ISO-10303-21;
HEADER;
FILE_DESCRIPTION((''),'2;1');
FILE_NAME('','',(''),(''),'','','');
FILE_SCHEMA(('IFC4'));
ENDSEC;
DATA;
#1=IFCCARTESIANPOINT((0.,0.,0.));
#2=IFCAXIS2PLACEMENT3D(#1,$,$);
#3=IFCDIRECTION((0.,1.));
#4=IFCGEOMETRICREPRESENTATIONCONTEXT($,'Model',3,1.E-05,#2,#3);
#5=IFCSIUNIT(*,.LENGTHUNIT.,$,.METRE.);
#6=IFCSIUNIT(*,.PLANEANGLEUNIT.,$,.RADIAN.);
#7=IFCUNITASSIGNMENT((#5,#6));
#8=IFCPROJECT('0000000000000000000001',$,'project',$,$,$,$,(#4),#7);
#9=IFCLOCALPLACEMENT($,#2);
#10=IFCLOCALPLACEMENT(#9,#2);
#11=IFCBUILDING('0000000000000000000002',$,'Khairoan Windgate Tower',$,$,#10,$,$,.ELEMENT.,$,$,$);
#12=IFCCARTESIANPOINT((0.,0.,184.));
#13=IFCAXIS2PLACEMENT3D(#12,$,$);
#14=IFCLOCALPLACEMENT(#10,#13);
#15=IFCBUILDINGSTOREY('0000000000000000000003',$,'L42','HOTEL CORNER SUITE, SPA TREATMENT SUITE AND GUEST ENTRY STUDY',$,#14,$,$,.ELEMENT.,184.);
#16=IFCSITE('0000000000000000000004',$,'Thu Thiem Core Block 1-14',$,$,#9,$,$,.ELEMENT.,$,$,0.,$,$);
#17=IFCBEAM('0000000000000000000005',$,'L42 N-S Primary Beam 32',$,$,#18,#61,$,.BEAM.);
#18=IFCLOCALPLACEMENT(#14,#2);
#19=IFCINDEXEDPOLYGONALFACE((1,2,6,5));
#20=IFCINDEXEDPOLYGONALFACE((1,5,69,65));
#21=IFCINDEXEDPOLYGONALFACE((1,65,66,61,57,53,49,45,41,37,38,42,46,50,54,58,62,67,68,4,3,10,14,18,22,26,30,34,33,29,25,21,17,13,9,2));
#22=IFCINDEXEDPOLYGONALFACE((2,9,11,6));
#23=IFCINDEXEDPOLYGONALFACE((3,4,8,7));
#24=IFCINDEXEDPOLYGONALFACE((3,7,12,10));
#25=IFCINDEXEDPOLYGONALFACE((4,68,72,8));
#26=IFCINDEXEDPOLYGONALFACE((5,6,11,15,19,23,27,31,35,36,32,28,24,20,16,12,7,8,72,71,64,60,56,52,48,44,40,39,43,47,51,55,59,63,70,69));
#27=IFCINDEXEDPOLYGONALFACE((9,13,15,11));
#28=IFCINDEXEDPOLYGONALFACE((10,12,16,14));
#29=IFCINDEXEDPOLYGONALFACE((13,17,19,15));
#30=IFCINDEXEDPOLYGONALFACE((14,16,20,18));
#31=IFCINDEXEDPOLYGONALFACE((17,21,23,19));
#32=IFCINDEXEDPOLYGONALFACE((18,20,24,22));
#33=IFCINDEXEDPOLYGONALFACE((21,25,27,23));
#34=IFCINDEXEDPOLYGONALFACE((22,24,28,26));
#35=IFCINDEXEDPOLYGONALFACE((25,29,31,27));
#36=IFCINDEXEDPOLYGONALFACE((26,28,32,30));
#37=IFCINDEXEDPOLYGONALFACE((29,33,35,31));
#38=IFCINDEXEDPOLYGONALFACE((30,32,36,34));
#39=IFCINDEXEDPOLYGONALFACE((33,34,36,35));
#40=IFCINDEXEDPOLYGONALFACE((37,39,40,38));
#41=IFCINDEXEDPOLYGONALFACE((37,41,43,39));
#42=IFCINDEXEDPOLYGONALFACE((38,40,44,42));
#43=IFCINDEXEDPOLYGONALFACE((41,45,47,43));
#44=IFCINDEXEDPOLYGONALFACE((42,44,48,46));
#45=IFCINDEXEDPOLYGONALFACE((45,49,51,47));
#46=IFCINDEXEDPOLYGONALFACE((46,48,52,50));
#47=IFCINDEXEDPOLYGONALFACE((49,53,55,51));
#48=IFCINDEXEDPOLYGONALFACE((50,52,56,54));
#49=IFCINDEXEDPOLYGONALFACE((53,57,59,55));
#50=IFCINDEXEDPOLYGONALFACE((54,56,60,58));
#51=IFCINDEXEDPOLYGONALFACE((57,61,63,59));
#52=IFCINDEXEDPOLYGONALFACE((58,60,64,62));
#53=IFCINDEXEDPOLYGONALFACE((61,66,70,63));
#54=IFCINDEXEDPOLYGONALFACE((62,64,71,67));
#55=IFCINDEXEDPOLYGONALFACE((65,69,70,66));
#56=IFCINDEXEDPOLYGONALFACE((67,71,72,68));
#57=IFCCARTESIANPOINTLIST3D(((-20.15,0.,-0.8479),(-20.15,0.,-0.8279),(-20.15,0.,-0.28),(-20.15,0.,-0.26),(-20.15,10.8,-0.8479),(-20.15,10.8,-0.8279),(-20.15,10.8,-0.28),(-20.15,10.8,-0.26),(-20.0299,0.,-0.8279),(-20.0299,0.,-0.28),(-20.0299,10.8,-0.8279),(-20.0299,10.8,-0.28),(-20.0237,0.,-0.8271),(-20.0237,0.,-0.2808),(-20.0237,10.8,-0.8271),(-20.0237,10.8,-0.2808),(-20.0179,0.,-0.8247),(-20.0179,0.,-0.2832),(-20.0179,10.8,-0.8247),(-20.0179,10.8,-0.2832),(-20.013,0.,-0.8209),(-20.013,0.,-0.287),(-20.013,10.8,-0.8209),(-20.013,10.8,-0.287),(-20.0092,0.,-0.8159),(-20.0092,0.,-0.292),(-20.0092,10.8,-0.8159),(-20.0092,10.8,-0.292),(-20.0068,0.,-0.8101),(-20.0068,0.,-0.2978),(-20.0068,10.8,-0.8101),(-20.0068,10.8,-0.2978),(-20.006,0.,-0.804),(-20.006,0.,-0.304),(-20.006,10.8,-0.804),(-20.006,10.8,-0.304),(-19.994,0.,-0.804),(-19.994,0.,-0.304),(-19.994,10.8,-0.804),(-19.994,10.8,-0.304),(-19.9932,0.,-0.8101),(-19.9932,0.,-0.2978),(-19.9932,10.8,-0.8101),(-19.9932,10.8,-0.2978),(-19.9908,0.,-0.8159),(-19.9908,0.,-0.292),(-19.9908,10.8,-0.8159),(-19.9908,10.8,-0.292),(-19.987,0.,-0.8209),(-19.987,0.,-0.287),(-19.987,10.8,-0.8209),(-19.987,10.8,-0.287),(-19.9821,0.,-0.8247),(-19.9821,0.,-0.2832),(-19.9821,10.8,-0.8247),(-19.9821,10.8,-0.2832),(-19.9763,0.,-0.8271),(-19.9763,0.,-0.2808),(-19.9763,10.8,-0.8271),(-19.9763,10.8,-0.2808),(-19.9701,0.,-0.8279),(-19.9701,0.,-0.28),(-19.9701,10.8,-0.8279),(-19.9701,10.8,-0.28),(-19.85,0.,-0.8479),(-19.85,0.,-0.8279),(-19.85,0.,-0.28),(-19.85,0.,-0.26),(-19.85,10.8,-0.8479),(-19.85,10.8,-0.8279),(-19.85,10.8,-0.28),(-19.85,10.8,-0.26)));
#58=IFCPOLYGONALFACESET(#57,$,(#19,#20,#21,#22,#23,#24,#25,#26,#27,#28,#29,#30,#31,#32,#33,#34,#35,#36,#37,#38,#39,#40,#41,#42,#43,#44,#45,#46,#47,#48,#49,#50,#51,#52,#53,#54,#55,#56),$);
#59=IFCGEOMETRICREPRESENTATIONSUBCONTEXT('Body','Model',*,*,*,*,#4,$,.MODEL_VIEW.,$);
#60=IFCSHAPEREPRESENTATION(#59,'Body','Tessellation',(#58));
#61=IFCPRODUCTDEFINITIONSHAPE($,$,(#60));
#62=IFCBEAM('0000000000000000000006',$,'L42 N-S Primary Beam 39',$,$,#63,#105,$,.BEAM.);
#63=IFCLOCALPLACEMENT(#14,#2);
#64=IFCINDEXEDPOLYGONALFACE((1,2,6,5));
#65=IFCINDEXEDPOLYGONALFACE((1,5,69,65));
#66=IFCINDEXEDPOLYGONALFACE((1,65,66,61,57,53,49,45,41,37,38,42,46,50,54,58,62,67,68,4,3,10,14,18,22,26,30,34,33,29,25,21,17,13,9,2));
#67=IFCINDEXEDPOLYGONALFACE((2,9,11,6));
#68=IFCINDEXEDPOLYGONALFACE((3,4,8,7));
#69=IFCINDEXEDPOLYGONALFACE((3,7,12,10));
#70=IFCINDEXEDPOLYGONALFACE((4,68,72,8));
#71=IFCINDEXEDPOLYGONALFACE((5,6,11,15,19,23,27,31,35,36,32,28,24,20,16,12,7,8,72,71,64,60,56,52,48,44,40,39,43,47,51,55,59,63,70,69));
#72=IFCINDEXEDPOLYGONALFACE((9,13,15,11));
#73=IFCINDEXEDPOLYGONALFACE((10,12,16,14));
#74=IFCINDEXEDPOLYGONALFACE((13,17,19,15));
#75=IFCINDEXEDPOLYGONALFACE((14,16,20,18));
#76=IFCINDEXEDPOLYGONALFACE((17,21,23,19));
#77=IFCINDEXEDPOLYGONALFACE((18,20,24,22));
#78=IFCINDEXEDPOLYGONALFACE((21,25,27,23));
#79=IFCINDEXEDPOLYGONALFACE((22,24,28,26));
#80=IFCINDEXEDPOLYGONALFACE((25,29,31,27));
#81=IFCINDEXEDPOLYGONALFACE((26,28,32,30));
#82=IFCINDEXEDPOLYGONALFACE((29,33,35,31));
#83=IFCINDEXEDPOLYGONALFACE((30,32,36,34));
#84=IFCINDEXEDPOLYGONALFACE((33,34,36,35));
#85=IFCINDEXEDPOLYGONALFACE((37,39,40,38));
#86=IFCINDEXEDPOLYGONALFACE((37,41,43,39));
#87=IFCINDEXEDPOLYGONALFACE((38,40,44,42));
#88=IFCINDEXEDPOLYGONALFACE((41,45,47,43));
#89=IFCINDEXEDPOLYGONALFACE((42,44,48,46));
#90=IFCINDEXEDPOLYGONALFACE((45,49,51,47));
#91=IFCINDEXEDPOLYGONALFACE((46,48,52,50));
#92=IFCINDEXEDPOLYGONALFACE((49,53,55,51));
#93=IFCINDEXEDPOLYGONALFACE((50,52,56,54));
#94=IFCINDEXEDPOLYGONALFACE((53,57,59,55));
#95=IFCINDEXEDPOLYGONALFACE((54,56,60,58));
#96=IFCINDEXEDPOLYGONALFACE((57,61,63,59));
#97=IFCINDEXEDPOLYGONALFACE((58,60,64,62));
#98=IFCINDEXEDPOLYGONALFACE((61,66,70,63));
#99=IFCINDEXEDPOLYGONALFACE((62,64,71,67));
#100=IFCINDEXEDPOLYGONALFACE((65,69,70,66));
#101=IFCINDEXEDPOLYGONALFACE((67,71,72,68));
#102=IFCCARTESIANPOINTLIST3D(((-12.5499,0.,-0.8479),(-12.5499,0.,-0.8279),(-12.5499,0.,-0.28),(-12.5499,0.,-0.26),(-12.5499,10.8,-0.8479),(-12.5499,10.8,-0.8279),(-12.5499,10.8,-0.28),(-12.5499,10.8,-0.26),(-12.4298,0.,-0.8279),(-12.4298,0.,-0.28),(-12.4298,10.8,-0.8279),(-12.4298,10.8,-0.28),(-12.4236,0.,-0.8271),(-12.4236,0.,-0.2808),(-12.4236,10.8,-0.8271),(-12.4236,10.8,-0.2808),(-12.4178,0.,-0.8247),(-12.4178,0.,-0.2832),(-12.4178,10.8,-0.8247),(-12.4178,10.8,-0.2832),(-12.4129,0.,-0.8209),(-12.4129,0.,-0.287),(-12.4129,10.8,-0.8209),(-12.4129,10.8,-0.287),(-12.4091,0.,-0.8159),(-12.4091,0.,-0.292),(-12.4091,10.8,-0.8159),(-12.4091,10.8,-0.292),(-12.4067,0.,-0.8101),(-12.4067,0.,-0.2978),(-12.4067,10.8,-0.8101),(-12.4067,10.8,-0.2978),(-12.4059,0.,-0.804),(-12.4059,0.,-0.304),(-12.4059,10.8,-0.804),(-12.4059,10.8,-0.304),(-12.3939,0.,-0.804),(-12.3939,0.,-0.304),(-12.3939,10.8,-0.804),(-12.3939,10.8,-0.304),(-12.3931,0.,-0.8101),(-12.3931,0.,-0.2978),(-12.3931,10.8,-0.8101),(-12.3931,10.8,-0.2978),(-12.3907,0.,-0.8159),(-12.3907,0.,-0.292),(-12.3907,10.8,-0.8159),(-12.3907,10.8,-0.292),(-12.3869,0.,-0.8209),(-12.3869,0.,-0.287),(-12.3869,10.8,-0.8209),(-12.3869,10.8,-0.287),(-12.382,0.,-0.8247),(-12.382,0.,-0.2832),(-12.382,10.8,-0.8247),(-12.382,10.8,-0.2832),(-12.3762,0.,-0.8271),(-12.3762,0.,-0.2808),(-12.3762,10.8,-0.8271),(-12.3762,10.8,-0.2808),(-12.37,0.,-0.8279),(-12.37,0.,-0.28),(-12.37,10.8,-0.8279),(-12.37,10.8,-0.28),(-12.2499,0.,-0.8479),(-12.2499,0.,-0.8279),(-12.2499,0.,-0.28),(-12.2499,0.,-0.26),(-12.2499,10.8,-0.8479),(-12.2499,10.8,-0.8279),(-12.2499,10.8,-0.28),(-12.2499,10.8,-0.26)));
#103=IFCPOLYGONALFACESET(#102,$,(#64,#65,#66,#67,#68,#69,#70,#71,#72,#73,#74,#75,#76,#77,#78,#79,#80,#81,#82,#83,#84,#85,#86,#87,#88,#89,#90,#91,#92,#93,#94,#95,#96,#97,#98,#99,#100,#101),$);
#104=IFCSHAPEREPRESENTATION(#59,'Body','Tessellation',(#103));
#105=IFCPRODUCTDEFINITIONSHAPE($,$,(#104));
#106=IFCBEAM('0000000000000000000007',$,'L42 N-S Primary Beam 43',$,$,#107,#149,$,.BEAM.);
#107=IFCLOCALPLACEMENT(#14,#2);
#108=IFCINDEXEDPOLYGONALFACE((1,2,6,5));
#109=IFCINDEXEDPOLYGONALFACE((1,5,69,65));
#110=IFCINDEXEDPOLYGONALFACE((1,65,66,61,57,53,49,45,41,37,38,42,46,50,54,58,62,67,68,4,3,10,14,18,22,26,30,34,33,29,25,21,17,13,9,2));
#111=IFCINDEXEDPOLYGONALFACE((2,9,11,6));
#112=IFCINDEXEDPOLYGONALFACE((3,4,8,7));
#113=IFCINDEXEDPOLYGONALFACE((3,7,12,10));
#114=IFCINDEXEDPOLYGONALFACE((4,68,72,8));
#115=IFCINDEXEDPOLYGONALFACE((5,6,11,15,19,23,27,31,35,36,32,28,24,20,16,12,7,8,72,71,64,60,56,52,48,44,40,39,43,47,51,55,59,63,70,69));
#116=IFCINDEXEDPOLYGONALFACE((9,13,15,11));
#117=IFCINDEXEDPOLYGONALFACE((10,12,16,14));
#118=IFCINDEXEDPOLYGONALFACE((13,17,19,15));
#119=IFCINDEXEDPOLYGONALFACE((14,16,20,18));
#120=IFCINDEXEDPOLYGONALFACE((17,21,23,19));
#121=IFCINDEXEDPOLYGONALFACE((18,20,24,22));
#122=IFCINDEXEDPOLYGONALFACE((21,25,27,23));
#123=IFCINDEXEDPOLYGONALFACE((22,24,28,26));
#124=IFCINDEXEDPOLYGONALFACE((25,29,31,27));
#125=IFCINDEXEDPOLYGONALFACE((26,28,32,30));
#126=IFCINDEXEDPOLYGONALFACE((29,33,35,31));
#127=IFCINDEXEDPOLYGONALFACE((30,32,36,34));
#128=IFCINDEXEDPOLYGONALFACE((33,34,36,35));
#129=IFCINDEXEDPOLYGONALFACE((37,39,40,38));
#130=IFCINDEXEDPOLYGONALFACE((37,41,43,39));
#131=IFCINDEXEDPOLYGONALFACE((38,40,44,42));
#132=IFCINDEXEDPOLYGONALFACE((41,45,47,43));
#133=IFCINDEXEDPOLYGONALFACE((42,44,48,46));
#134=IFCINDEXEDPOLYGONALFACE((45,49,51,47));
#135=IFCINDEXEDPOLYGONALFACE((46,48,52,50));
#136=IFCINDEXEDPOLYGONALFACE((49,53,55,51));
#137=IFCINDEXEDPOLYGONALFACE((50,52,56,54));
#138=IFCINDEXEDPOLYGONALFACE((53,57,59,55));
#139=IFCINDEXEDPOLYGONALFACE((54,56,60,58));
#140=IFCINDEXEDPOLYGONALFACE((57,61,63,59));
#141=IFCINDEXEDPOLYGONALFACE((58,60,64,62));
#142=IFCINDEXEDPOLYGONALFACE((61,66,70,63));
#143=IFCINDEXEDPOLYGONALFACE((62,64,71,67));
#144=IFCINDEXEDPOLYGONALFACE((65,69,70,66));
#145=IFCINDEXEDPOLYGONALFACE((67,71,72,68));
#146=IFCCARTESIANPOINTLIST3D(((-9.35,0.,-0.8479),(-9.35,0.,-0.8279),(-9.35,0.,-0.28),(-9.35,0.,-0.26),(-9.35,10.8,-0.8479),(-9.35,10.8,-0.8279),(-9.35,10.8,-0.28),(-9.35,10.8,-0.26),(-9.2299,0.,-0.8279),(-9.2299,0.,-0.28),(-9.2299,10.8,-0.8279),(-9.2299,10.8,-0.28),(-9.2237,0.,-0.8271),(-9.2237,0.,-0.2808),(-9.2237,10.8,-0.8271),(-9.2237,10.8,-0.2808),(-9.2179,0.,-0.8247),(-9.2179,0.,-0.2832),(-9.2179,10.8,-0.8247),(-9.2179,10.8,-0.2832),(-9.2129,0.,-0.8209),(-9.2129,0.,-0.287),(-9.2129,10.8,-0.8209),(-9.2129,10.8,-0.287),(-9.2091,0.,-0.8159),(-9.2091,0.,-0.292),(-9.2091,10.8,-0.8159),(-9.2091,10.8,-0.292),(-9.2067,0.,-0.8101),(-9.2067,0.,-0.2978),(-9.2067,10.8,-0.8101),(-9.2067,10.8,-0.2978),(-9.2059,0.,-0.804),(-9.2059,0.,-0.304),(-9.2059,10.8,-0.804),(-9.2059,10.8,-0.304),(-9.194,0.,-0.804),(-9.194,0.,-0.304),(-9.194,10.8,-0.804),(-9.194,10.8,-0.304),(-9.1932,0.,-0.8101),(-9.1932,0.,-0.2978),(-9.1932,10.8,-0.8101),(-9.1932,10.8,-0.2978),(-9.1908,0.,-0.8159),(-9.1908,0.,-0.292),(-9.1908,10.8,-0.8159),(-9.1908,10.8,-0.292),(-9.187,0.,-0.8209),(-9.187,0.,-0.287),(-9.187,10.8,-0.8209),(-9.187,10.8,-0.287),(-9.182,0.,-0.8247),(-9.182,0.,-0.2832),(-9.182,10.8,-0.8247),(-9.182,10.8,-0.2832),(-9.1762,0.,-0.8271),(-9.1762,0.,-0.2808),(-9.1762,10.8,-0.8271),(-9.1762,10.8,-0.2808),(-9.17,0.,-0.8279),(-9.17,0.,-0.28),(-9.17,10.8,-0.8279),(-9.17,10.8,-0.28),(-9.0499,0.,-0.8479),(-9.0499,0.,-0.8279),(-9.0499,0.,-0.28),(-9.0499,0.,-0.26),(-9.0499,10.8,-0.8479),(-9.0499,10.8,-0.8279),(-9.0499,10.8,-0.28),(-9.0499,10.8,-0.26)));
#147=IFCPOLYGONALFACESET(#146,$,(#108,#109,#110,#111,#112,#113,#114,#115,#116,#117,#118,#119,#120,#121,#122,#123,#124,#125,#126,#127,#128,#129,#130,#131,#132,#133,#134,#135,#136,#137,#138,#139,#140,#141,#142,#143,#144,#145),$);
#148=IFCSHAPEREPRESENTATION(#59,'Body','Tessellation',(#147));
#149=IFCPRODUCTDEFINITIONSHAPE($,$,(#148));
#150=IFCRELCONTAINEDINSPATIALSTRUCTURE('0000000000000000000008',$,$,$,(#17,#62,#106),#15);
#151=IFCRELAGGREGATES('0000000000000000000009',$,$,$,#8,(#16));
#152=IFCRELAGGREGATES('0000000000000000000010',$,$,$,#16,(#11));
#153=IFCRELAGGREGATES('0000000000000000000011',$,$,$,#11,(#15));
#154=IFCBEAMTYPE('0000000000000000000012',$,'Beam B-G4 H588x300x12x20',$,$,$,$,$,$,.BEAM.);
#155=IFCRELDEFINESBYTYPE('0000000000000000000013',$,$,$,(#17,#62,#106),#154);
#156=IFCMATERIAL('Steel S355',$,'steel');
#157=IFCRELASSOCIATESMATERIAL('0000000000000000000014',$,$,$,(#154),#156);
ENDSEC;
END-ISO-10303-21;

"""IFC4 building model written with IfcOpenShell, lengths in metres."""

from ifc_helpers import new_model, si_unit, direction, frame, origin, origin_2d, place, context, subcontext, project, spatial, i_section, extrude, material, material_profile, profile_set, type_object, element, save


model = new_model("IFC4")

# Units and contexts
model_context = context("Model", 3, precision=1e-05, world=origin(), true_north=direction((0.0, 1.0)))
body_context = subcontext(model_context, "Body", "Model", "MODEL_VIEW")
ifc_project = project(units=[si_unit("LENGTHUNIT", "METRE"), si_unit("PLANEANGLEUNIT", "RADIAN")], contexts=[model_context])

# Site, building, storey
site_placement = place(None, origin())
site = spatial("IfcSite", under=ifc_project, at=site_placement, Name="Thu Thiem Core Block 1-14", CompositionType="ELEMENT", RefElevation=0.0)
building_placement = place(site_placement, origin())
building = spatial("IfcBuilding", under=site, at=building_placement, Name="Khairoan Windgate Tower", CompositionType="ELEMENT")
storey_placement = place(building_placement, frame((0.0, 0.0, 184.0)))
storey = spatial("IfcBuildingStorey", under=building, at=storey_placement, Name="L42", Description="HOTEL CORNER SUITE, SPA TREATMENT SUITE AND GUEST ENTRY STUDY", CompositionType="ELEMENT", Elevation=184.0)

# Beams
ifc_material_1 = material(Name="Steel S355", Category="steel")
ifc_material_profile_1 = material_profile(ifc_material_1, i_section(OverallWidth=0.3, OverallDepth=0.5879, WebThickness=0.012, FlangeThickness=0.02, FilletRadius=0.0239, at=origin_2d()))
ifc_profile_set_1 = profile_set([ifc_material_profile_1], Name="Steel S355")
beam_type_1 = type_object("IfcBeamType", Name="Beam B-G4 H588x300x12x20", PredefinedType="BEAM", material=ifc_profile_set_1)
for number, where, z_axis, x_axis, name in (
    (1, (-20.0, 0.0, -0.554), (0.0, 1.0, 0.0), (-1.0, 0.0, 0.0), "L42 N-S Primary Beam 32"),
    (2, (-12.3999, 0.0, -0.554), (0.0, 1.0, 0.0), (-1.0, 0.0, 0.0), "L42 N-S Primary Beam 39"),
    (3, (-9.2, 0.0, -0.554), (0.0, 1.0, 0.0), (-1.0, 0.0, 0.0), "L42 N-S Primary Beam 43"),
):
    element("IfcBeam", number, at=place(storey_placement, frame(where, z_axis=z_axis, x_axis=x_axis)), inside=storey, type_object=beam_type_1, Name=name, PredefinedType="BEAM", context=body_context, shape_type="SweptSolid", body=[
        extrude(i_section(OverallWidth=0.3, OverallDepth=0.5879, WebThickness=0.012, FlangeThickness=0.02, FilletRadius=0.0239, at=origin_2d()), origin(), (0.0, 0.0, 1.0), 10.8),
    ])

save(model, "model.ifc")
